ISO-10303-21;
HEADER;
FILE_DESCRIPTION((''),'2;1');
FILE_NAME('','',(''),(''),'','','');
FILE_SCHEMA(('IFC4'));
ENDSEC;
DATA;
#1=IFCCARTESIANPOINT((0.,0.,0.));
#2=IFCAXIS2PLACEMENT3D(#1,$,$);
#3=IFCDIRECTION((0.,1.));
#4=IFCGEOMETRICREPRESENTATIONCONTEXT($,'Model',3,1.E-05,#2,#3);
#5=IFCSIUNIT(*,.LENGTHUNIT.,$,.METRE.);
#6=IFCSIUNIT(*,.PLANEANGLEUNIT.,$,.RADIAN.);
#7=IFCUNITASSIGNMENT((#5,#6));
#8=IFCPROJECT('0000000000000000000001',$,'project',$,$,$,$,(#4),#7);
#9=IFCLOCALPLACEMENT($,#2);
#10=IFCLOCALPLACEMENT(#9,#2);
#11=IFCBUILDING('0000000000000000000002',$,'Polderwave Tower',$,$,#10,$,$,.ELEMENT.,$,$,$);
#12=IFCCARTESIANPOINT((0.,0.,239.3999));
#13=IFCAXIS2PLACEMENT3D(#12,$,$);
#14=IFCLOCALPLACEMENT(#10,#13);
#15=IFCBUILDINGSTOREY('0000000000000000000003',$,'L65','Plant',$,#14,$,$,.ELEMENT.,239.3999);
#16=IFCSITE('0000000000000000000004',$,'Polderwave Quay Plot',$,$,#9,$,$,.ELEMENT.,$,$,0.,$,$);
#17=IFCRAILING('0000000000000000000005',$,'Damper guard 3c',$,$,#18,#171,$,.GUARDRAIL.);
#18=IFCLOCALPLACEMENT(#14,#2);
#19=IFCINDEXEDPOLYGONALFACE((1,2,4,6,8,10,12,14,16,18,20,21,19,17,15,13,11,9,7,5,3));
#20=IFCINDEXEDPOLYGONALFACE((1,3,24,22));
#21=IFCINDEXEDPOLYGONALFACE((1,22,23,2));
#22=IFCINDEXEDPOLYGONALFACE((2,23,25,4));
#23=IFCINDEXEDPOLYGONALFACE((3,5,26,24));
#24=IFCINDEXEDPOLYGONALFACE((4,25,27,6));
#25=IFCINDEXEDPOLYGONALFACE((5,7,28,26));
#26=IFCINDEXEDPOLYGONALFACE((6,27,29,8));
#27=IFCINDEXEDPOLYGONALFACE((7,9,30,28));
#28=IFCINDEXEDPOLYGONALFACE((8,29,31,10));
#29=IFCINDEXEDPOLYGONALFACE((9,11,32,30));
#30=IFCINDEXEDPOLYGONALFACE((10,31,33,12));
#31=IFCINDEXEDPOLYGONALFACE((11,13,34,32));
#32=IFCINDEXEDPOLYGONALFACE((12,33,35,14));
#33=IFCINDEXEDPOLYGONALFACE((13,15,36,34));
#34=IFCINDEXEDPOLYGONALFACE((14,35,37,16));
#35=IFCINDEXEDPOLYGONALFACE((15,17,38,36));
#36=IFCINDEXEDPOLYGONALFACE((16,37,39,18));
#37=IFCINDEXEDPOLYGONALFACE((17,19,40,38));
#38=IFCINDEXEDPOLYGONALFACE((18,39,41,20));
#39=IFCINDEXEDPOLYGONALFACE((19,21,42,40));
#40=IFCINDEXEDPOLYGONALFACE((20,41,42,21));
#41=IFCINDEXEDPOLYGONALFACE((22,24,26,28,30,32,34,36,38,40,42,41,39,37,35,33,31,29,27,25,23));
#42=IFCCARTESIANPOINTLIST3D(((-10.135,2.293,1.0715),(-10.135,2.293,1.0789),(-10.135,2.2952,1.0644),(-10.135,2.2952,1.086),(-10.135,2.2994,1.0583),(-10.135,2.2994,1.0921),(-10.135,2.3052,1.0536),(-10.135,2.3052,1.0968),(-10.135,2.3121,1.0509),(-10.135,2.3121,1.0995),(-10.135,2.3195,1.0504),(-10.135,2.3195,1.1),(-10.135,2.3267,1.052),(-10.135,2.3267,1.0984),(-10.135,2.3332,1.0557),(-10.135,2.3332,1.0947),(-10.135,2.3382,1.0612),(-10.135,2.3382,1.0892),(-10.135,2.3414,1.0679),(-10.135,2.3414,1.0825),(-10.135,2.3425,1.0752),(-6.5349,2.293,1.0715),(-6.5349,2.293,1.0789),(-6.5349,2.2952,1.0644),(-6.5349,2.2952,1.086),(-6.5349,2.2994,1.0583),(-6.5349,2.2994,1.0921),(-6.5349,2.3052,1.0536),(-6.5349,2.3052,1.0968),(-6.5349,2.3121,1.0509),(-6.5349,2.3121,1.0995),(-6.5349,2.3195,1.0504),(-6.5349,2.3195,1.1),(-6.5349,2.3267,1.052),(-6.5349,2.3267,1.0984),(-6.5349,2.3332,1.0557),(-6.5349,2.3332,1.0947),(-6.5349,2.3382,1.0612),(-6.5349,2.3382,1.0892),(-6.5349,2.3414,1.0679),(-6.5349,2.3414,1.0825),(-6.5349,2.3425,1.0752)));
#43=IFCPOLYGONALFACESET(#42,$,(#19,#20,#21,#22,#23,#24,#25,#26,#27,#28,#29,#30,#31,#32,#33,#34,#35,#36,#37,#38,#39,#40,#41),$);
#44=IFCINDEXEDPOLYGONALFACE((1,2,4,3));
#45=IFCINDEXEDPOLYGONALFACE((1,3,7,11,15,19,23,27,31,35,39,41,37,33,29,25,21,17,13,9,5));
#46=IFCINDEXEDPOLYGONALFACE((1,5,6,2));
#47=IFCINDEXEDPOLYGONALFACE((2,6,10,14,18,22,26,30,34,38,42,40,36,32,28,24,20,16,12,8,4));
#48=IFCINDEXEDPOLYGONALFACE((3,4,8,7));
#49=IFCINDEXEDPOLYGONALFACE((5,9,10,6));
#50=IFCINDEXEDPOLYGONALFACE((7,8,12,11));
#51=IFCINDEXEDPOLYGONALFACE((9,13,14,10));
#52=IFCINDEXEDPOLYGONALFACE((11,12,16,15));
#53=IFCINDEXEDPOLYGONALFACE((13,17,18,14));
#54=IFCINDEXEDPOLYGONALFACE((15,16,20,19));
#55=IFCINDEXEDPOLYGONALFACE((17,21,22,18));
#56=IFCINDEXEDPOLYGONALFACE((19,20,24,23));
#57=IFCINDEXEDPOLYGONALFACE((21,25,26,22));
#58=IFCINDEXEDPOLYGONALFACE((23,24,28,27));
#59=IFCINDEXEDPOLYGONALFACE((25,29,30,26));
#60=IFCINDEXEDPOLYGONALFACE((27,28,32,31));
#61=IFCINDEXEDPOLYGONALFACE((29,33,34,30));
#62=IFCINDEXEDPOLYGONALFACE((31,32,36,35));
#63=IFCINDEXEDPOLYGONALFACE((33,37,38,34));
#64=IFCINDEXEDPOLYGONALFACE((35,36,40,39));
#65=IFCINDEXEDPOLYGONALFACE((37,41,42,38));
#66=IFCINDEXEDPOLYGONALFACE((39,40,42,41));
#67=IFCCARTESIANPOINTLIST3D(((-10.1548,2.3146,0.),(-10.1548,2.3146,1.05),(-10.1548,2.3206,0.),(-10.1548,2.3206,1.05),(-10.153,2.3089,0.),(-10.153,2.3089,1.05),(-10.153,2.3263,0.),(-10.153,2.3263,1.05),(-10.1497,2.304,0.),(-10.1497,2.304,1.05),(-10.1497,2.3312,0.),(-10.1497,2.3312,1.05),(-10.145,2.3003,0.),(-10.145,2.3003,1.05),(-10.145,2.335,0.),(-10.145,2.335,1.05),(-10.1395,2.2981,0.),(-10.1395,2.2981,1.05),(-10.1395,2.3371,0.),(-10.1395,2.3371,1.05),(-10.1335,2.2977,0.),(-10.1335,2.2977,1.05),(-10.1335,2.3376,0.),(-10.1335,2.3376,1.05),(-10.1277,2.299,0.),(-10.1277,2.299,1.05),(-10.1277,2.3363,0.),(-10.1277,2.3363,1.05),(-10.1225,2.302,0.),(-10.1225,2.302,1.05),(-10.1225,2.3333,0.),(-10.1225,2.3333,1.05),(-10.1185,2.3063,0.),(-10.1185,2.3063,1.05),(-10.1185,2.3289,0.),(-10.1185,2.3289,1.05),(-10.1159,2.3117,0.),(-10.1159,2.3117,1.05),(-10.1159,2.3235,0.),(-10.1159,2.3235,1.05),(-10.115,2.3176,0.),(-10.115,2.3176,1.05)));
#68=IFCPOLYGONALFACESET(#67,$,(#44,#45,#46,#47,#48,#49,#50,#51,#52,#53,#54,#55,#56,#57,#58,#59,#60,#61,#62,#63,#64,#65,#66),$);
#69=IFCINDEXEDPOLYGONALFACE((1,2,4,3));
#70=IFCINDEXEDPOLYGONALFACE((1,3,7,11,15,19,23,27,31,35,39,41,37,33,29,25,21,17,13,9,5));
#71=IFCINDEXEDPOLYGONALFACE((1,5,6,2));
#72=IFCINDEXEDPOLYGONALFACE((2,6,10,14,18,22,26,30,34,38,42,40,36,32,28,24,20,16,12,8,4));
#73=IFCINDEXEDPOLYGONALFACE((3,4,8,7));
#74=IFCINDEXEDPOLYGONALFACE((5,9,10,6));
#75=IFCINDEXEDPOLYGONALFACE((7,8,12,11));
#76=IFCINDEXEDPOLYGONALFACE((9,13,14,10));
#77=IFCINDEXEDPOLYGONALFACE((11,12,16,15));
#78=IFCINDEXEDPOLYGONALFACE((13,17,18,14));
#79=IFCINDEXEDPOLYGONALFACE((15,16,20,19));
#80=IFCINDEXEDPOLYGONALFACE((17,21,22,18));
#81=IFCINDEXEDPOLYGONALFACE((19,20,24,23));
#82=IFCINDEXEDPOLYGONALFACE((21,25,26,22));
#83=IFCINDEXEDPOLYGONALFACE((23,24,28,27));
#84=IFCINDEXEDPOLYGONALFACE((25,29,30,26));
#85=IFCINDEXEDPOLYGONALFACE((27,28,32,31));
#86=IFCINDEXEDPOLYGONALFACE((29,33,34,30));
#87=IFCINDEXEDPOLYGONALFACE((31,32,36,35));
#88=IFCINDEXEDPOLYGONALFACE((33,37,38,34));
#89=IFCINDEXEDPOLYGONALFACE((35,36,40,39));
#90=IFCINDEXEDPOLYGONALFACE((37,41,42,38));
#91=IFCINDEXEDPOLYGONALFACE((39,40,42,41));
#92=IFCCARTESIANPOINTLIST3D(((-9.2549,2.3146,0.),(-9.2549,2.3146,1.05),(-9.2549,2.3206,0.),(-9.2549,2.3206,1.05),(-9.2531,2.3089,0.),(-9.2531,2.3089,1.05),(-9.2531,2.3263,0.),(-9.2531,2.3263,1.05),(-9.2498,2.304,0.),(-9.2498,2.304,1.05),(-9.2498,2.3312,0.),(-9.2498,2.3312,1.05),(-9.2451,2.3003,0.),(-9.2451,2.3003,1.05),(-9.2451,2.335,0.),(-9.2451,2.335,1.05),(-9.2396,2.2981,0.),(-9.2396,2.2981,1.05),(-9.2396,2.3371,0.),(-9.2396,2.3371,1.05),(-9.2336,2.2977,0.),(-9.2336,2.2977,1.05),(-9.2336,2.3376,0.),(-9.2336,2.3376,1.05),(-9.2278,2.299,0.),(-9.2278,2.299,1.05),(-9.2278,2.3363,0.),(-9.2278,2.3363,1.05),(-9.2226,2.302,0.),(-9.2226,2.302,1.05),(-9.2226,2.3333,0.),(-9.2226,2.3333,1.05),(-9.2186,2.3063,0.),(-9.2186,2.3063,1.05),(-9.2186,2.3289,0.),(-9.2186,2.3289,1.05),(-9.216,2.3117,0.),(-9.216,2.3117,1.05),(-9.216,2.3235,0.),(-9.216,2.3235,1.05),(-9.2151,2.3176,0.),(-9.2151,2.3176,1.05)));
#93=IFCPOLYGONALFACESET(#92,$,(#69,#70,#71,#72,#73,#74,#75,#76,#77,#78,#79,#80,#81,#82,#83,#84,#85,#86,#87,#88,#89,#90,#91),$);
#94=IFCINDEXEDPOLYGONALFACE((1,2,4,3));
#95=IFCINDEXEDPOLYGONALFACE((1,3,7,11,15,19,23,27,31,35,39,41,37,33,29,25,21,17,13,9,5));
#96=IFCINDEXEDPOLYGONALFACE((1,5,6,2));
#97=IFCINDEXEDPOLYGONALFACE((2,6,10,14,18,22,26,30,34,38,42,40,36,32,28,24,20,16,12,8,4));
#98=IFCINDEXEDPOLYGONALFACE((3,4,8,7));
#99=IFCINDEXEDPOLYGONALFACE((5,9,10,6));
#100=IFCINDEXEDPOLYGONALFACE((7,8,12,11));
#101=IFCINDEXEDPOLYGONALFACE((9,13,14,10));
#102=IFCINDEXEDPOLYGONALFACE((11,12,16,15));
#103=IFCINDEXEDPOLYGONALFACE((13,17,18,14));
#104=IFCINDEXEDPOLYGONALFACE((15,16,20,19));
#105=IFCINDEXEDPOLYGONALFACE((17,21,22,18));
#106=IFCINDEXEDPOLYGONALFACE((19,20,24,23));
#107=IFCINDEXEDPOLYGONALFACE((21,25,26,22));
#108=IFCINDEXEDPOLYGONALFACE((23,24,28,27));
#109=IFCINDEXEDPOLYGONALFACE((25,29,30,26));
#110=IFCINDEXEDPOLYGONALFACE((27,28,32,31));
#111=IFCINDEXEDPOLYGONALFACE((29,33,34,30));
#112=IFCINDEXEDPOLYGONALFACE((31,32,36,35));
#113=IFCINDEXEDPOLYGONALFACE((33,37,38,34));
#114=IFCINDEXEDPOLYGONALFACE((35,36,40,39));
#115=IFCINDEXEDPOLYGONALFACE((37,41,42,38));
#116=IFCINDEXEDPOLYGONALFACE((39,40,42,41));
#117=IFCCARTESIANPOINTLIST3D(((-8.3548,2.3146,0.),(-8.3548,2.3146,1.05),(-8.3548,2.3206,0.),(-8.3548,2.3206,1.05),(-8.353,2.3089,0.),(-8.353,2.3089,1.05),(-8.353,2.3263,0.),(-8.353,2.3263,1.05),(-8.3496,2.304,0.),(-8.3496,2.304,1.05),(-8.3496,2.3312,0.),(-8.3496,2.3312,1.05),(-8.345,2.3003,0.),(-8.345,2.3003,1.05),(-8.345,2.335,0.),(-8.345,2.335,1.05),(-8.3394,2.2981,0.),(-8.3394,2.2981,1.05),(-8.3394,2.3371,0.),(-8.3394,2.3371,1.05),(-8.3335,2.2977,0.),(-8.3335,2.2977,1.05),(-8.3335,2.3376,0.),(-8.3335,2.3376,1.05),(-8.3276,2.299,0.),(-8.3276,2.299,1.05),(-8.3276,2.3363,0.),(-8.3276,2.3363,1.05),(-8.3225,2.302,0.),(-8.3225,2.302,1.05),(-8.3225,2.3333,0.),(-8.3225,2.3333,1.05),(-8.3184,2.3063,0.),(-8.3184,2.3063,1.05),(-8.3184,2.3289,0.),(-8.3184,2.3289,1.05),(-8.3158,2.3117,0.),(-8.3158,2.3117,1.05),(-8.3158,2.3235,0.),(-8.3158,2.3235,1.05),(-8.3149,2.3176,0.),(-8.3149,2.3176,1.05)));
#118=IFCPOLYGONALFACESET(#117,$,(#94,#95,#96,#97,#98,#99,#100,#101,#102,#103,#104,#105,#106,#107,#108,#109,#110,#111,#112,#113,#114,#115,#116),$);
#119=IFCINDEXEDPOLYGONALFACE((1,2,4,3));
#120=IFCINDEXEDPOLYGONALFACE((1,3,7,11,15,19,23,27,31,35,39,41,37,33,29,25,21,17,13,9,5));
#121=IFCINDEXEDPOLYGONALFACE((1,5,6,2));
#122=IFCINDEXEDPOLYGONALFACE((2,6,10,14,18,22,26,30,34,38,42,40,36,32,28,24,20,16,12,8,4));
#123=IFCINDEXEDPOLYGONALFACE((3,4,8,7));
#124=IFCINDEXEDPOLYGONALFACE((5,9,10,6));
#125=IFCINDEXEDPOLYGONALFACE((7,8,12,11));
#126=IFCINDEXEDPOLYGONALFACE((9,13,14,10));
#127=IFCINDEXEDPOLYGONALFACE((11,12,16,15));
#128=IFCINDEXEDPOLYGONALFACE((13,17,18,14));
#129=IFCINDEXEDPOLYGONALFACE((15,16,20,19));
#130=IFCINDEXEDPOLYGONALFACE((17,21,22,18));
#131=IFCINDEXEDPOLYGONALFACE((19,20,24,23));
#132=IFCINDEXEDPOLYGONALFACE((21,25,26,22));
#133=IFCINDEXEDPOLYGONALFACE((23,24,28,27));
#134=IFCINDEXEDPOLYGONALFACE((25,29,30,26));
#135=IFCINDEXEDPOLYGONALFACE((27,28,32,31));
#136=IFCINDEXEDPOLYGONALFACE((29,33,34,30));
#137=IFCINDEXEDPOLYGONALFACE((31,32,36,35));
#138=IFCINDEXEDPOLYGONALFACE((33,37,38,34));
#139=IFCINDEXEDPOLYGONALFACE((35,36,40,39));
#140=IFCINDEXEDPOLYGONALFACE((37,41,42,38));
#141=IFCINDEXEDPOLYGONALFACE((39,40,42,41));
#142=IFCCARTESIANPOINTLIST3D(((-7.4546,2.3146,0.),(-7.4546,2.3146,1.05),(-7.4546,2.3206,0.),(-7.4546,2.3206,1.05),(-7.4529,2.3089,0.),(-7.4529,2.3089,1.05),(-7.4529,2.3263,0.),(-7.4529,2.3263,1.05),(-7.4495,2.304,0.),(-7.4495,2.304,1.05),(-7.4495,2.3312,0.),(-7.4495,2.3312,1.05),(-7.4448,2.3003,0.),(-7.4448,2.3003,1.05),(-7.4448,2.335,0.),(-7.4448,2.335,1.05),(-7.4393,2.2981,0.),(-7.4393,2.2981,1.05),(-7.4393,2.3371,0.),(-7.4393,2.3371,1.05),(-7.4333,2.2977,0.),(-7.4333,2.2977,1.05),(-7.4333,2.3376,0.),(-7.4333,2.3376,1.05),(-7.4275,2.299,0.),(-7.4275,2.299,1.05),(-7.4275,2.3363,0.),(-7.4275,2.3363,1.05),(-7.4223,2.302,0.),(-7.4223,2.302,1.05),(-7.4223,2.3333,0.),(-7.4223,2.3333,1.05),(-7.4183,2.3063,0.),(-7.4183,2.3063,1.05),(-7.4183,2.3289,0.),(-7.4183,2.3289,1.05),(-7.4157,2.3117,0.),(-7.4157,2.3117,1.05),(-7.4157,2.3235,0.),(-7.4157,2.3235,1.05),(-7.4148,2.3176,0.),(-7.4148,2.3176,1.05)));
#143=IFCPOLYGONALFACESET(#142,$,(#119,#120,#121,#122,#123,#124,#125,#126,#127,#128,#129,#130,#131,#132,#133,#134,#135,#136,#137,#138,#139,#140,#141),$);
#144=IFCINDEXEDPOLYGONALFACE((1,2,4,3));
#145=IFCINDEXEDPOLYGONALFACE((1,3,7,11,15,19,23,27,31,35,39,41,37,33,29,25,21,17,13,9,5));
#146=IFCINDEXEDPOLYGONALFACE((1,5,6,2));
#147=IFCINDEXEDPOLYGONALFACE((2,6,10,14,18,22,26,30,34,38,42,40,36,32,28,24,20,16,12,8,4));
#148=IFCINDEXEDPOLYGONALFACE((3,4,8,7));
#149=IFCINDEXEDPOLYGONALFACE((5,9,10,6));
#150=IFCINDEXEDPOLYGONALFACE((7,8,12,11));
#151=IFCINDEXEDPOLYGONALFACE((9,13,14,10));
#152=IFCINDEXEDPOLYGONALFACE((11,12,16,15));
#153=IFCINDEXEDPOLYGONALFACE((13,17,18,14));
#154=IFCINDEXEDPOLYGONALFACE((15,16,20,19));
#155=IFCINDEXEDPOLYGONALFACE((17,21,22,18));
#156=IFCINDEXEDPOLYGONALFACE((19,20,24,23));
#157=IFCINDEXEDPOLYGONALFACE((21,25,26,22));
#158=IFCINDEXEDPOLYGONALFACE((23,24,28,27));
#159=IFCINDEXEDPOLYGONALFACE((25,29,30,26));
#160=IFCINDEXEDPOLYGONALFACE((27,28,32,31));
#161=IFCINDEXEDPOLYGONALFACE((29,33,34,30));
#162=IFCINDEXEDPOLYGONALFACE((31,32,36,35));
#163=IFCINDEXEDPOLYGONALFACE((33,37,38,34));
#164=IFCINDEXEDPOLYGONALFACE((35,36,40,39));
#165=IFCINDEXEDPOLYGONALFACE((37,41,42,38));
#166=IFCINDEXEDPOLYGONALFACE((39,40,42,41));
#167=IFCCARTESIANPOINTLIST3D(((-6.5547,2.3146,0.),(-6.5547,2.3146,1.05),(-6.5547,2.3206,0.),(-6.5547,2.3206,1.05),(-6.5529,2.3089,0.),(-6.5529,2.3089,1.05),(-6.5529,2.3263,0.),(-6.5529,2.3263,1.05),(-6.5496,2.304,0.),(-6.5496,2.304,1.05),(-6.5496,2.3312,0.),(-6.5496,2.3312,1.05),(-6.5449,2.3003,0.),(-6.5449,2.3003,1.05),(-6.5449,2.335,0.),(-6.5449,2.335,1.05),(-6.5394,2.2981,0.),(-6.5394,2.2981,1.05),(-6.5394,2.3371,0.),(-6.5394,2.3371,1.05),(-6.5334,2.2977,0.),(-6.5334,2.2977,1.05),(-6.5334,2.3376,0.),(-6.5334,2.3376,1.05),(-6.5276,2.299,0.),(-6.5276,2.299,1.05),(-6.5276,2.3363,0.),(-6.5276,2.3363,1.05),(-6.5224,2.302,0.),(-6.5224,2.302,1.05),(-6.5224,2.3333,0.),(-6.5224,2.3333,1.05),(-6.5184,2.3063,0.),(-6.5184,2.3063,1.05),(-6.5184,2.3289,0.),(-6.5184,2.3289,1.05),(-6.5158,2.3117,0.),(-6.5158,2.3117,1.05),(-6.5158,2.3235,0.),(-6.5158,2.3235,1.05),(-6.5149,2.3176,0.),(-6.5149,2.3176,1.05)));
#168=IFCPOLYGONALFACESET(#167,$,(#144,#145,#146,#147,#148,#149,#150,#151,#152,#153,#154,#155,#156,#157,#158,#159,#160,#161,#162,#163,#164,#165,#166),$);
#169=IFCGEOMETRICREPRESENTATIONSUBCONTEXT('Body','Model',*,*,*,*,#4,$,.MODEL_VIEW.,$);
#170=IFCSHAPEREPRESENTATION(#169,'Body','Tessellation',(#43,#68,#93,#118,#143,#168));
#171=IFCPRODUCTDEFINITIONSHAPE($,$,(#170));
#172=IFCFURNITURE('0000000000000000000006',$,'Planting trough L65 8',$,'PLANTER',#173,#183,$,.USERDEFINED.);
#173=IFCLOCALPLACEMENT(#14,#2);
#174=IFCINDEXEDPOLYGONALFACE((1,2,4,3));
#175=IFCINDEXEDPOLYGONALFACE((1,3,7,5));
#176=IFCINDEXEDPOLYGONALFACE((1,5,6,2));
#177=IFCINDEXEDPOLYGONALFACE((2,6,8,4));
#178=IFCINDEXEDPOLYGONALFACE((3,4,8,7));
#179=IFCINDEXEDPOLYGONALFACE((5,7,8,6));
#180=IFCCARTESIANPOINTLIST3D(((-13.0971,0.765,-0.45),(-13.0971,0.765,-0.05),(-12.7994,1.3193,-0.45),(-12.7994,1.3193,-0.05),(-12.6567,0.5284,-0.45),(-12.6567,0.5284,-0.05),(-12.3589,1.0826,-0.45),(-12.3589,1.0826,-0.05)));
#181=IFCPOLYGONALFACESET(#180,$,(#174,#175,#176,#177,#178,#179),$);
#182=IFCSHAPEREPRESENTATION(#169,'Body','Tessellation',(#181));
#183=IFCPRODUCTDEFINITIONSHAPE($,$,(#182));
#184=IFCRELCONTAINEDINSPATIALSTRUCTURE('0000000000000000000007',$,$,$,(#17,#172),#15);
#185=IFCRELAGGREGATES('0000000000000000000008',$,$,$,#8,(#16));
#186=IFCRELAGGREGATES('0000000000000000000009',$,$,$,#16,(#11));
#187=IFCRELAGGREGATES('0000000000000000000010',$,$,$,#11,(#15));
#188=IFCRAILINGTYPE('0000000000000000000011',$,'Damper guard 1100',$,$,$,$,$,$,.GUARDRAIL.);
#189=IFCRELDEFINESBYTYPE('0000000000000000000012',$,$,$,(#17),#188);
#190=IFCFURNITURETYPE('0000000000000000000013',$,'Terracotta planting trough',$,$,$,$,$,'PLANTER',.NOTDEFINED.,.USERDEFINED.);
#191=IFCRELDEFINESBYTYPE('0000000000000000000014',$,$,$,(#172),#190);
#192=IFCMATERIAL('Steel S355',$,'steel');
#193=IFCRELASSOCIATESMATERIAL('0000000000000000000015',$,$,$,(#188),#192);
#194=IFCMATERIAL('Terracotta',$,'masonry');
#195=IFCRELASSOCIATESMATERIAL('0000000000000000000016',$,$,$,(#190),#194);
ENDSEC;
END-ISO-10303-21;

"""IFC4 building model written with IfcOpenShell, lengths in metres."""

from ifc_helpers import new_model, si_unit, direction, frame, origin, origin_2d, place, context, subcontext, project, spatial, rectangle, circle, extrude, material, type_object, element, save


model = new_model("IFC4")

# Units and contexts
model_context = context("Model", 3, precision=1e-05, world=origin(), true_north=direction((0.0, 1.0)))
body_context = subcontext(model_context, "Body", "Model", "MODEL_VIEW")
ifc_project = project(units=[si_unit("LENGTHUNIT", "METRE"), si_unit("PLANEANGLEUNIT", "RADIAN")], contexts=[model_context])

# Site, building, storey
site_placement = place(None, origin())
site = spatial("IfcSite", under=ifc_project, at=site_placement, Name="Polderwave Quay Plot", CompositionType="ELEMENT", RefElevation=0.0)
building_placement = place(site_placement, origin())
building = spatial("IfcBuilding", under=site, at=building_placement, Name="Polderwave Tower", CompositionType="ELEMENT")
storey_placement = place(building_placement, frame((0.0, 0.0, 239.3999)))
storey = spatial("IfcBuildingStorey", under=building, at=storey_placement, Name="L65", Description="Plant", CompositionType="ELEMENT", Elevation=239.3999)

# Railing
ifc_material_1 = material(Name="Steel S355", Category="steel")
railing_type = type_object("IfcRailingType", Name="Damper guard 1100", PredefinedType="GUARDRAIL", material=ifc_material_1)
railing_1_placement = place(storey_placement, frame((-10.135, 2.3176, 0.0)))
element("IfcRailing", 1, at=railing_1_placement, inside=storey, type_object=railing_type, Name="Damper guard 3c", PredefinedType="GUARDRAIL", context=body_context, shape_type="SweptSolid", body=[
    extrude(circle(Radius=0.0249, at=origin_2d()), frame((0.0, 0.0, 1.0752), z_axis=(1.0, 0.0, 0.0), x_axis=(0.0, 1.0, 0.0)), (0.0, 0.0, 1.0), 3.6001),
    extrude(circle(Radius=0.02, at=origin_2d()), origin(), (0.0, 0.0, 1.0), 1.05),
    extrude(circle(Radius=0.02, at=origin_2d()), frame((0.8999, 0.0, 0.0)), (0.0, 0.0, 1.0), 1.05),
    extrude(circle(Radius=0.02, at=origin_2d()), frame((1.8, 0.0, 0.0)), (0.0, 0.0, 1.0), 1.05),
    extrude(circle(Radius=0.02, at=origin_2d()), frame((2.7002, 0.0, 0.0)), (0.0, 0.0, 1.0), 1.05),
    extrude(circle(Radius=0.02, at=origin_2d()), frame((3.6001, 0.0, 0.0)), (0.0, 0.0, 1.0), 1.05),
])

# Furniture
ifc_material_2 = material(Name="Terracotta", Category="masonry")
furniture_type = type_object("IfcFurnitureType", Name="Terracotta planting trough", ElementType="PLANTER", AssemblyPlace="NOTDEFINED", PredefinedType="USERDEFINED", material=ifc_material_2)
furniture_placement = place(storey_placement, frame((-12.728, 0.9238, -0.45), z_axis=(0.0, 0.0, 1.0), x_axis=(-0.473243, -0.880932, 0.0)))
element("IfcFurniture", 2, at=furniture_placement, inside=storey, type_object=furniture_type, Name="Planting trough L65 8", ObjectType="PLANTER", PredefinedType="USERDEFINED", context=body_context, shape_type="SweptSolid", body=[
    extrude(rectangle(XDim=0.6292, YDim=0.5, at=origin_2d()), origin(), (0.0, 0.0, 1.0), 0.3999),
])

save(model, "model.ifc")
